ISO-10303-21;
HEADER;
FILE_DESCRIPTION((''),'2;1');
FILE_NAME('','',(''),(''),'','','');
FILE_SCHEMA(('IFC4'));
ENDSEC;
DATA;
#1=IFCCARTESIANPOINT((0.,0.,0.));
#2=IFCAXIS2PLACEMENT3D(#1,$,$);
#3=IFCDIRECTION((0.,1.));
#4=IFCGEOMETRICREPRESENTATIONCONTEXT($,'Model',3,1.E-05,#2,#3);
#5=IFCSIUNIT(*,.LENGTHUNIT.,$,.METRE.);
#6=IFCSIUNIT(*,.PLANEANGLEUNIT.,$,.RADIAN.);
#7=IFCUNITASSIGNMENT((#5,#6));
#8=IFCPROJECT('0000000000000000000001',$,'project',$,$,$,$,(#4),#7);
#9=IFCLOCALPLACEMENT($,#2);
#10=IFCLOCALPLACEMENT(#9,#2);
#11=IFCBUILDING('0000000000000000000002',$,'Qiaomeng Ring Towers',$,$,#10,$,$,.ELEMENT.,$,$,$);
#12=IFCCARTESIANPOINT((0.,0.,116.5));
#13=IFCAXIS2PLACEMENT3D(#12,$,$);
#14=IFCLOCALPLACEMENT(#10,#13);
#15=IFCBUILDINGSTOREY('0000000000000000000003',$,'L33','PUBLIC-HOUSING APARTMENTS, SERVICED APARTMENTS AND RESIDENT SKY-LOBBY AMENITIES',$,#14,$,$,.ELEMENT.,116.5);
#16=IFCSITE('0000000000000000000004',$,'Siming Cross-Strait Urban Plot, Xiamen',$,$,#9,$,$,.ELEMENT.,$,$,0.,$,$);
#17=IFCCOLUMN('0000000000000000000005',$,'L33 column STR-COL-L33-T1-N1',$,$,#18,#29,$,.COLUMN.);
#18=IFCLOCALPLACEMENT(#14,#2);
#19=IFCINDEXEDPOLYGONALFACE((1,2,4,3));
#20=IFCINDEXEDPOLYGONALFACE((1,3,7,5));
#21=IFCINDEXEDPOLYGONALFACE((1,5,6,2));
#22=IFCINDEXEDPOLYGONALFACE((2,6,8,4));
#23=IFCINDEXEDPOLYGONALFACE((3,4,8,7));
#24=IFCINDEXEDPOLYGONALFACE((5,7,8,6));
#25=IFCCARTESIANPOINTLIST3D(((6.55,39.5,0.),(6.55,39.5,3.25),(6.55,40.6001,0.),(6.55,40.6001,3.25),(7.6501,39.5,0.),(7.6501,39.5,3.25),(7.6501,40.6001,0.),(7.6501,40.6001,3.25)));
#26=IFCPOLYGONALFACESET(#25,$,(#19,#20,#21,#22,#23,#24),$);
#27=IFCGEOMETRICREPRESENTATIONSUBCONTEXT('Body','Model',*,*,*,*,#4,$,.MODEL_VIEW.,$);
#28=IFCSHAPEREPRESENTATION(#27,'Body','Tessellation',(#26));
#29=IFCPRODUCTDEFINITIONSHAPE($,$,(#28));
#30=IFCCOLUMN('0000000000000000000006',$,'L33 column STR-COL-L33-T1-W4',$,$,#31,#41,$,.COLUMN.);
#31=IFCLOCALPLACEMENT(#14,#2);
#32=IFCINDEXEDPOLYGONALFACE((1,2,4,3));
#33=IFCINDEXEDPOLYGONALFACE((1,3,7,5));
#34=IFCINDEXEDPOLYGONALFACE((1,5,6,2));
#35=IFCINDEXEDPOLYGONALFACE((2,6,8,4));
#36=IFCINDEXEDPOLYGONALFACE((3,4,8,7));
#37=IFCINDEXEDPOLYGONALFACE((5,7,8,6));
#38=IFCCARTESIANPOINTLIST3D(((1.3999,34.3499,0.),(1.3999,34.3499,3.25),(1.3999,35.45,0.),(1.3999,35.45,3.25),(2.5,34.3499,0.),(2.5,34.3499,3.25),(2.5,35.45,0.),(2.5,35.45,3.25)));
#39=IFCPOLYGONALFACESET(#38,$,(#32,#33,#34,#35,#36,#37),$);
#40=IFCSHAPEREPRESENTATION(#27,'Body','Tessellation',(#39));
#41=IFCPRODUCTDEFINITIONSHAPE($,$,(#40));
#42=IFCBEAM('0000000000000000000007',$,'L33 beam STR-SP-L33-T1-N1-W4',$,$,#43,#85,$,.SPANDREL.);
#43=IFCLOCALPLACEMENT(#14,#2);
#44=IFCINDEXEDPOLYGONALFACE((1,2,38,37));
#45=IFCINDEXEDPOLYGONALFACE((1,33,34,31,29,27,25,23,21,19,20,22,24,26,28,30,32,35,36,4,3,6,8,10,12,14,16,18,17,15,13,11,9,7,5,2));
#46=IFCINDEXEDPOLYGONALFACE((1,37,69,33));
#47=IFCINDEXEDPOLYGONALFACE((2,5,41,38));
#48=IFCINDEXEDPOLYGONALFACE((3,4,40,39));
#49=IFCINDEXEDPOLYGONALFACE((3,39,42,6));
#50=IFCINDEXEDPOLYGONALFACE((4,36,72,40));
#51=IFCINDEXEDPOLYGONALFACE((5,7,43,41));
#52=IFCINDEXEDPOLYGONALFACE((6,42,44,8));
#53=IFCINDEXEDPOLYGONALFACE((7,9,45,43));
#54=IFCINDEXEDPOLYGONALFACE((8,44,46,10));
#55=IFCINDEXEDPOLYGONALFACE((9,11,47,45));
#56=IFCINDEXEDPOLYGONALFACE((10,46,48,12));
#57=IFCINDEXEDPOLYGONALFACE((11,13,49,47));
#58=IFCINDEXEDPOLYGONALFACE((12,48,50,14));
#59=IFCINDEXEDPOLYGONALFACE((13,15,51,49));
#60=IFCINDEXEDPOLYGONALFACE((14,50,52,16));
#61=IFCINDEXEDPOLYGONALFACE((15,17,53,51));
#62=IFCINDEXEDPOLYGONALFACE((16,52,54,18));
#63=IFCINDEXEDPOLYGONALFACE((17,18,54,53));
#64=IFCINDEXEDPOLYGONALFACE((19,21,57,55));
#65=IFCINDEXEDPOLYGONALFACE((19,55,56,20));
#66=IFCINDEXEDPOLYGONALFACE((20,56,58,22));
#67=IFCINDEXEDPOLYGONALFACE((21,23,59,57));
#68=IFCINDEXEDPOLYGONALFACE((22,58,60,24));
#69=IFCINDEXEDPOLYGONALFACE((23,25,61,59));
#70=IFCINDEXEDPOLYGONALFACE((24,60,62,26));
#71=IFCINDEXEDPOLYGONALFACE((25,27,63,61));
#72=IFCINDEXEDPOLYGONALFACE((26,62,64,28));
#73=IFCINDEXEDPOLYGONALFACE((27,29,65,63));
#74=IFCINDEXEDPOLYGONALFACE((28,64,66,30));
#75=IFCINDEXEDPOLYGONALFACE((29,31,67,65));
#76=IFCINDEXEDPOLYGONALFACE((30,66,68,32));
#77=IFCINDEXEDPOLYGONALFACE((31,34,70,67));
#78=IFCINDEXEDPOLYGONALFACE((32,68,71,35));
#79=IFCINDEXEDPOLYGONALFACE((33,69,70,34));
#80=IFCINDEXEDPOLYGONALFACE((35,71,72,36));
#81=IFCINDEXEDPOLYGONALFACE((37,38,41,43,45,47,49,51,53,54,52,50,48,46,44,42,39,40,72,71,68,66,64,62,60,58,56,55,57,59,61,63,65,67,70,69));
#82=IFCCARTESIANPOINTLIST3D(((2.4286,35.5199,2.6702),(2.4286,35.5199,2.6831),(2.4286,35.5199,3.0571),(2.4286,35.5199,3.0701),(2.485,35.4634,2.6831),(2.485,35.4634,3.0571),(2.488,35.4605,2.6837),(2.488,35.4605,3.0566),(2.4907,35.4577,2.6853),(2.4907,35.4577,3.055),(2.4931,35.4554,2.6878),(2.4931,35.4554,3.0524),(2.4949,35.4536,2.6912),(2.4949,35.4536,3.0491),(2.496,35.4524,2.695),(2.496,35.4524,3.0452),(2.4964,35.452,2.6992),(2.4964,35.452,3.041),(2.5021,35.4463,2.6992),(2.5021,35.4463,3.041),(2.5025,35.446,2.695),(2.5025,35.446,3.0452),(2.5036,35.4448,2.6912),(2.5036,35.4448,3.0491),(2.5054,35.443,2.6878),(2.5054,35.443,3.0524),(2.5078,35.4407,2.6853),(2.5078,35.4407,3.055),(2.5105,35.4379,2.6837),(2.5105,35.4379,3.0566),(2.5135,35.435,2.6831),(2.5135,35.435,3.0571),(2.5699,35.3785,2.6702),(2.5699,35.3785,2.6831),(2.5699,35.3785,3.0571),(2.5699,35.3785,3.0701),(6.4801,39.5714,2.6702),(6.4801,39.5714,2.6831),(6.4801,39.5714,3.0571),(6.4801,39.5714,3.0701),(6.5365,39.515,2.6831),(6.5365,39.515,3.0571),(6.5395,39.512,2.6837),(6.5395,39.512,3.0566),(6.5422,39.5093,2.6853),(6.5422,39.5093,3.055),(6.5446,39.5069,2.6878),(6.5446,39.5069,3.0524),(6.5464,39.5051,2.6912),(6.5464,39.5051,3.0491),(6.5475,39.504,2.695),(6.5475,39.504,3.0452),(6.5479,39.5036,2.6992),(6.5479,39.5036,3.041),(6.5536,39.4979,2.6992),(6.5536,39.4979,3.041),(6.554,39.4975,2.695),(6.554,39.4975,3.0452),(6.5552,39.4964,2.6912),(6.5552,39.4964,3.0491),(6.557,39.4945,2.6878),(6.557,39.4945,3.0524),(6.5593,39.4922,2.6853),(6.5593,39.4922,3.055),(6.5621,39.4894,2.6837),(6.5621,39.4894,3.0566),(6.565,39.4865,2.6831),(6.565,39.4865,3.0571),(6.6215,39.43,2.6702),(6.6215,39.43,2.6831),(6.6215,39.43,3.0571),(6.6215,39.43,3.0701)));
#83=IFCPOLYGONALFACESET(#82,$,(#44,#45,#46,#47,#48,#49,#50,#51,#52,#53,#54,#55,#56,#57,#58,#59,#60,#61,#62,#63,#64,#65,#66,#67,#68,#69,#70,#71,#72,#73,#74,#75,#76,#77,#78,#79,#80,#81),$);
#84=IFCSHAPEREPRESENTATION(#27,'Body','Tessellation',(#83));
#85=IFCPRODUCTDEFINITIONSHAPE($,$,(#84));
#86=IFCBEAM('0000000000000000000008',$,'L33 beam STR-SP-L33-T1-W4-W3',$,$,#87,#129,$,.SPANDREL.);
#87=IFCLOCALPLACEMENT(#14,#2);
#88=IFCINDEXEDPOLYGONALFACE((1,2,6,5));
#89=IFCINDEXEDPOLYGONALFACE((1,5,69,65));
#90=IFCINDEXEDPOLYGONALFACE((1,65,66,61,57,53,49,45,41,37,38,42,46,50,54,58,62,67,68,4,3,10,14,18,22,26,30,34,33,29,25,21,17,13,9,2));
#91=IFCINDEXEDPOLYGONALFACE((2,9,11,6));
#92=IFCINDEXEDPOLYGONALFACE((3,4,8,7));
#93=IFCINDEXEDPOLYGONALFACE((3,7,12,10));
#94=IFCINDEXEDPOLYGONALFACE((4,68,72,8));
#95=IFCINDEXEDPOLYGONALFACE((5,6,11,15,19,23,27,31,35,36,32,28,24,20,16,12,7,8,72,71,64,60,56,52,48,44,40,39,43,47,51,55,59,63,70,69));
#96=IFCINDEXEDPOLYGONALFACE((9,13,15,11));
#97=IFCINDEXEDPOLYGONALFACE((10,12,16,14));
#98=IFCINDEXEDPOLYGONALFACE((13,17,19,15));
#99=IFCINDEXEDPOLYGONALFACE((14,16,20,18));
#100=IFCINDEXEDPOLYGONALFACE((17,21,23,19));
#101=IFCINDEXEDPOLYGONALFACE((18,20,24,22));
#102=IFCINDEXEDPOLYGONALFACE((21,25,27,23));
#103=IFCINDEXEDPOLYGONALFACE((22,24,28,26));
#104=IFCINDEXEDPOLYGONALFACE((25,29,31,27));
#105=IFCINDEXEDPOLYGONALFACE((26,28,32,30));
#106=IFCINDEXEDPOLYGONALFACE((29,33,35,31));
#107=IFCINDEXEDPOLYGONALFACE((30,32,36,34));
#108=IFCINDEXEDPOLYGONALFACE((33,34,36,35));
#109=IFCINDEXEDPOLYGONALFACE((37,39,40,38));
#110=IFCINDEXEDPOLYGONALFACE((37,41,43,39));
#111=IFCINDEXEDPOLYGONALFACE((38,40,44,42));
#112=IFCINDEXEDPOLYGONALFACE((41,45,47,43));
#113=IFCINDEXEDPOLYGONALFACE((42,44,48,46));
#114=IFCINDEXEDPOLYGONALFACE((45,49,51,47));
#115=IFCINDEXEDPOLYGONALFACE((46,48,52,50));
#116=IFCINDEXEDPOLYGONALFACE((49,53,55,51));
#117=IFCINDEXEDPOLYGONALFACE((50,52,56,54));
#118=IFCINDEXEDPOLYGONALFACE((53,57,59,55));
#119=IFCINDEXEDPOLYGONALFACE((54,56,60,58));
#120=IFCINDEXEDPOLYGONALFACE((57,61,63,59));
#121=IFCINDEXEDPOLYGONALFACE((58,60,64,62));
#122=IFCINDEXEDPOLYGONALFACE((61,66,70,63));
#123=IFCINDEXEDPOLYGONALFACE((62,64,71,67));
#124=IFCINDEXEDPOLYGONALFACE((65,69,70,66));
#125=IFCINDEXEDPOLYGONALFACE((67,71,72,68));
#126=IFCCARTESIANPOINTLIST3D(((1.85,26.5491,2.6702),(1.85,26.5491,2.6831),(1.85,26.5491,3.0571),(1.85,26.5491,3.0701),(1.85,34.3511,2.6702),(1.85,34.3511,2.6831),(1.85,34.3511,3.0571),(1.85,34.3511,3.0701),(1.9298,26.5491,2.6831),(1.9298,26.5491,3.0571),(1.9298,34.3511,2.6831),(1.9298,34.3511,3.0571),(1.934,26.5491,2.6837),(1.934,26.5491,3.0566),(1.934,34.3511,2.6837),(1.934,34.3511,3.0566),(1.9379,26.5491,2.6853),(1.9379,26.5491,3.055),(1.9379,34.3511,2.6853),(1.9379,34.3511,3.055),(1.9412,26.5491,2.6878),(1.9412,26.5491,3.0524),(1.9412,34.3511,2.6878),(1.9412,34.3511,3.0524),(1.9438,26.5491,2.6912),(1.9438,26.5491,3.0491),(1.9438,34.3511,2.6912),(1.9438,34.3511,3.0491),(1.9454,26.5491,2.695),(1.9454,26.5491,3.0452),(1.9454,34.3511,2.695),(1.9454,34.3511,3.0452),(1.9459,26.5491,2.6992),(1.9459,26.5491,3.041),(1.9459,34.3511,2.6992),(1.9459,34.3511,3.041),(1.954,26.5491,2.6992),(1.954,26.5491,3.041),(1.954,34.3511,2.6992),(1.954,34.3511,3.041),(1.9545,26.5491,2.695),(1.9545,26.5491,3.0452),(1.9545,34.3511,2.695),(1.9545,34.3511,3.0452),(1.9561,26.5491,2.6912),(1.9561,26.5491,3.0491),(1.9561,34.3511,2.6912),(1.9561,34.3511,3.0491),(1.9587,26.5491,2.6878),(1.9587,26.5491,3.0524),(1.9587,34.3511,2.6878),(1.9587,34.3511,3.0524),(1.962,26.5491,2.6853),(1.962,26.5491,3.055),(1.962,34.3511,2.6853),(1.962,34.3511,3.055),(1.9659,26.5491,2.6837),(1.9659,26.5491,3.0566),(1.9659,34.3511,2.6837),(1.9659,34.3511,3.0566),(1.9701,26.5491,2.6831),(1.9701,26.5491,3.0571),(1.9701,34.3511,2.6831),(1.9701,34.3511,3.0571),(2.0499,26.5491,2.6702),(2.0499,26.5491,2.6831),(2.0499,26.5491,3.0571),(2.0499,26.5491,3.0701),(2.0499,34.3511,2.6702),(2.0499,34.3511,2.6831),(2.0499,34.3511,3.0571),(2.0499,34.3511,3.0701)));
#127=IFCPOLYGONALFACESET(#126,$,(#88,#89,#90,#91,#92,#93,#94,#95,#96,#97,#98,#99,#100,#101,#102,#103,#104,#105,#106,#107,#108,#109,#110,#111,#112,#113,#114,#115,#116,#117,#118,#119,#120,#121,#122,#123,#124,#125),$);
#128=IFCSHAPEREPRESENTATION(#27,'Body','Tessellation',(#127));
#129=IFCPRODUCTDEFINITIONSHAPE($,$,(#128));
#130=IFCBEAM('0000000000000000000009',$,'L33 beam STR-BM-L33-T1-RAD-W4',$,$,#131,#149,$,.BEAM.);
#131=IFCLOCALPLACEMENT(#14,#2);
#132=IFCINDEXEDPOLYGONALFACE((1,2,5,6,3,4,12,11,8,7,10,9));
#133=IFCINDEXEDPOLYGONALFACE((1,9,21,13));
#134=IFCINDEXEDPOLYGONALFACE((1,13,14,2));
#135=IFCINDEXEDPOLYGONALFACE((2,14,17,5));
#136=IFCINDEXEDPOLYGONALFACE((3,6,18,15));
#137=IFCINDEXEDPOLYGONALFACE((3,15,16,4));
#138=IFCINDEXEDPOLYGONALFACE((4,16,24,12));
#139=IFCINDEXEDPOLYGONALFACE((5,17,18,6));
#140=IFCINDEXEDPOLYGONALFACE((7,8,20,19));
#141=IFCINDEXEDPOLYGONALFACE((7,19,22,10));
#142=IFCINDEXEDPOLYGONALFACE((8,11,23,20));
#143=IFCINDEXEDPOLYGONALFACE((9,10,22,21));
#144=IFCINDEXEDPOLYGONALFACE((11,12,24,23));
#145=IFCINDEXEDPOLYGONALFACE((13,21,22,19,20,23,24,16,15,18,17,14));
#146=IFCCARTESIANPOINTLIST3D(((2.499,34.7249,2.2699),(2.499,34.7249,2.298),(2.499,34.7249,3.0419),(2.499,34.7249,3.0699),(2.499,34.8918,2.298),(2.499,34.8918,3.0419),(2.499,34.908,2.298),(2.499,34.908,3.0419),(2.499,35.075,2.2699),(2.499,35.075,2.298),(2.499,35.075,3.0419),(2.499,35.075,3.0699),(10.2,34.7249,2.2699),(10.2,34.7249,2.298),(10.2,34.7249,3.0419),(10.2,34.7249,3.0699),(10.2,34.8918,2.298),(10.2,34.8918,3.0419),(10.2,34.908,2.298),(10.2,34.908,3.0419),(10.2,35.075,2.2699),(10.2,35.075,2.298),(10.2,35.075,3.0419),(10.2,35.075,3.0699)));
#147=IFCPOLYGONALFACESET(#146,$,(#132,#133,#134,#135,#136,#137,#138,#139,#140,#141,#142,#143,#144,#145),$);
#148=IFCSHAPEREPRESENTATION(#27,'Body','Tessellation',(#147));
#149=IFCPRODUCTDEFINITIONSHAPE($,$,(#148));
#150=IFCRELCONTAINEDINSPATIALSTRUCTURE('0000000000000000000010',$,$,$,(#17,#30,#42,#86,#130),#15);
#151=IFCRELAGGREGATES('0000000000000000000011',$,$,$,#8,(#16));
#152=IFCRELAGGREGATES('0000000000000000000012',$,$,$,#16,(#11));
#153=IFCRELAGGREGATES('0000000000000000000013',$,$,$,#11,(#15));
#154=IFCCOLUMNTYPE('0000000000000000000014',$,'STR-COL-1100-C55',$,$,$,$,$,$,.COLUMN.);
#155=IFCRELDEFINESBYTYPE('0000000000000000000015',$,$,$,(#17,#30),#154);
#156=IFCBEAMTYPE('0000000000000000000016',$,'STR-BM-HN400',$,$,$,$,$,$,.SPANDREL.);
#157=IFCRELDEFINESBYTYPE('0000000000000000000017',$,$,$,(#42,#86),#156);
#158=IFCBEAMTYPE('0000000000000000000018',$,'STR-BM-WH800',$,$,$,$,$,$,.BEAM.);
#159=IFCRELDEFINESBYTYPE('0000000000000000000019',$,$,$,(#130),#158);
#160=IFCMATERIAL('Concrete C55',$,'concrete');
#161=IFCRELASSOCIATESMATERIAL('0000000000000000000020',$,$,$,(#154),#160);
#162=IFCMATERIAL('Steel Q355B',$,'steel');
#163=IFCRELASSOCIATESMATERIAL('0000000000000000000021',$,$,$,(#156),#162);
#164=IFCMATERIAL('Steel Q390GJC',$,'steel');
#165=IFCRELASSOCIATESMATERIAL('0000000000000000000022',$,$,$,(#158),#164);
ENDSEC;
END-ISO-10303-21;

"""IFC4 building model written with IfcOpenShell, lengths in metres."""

from ifc_helpers import new_model, si_unit, direction, frame, origin, origin_2d, place, context, subcontext, project, spatial, rectangle, i_section, extrude, source, transform, mapped, material, material_profile, profile_set, type_object, element, save


model = new_model("IFC4")

# Units and contexts
model_context = context("Model", 3, precision=1e-05, world=origin(), true_north=direction((0.0, 1.0)))
body_context = subcontext(model_context, "Body", "Model", "MODEL_VIEW")
ifc_project = project(units=[si_unit("LENGTHUNIT", "METRE"), si_unit("PLANEANGLEUNIT", "RADIAN")], contexts=[model_context])

# Site, building, storey
site_placement = place(None, origin())
site = spatial("IfcSite", under=ifc_project, at=site_placement, Name="Siming Cross-Strait Urban Plot, Xiamen", CompositionType="ELEMENT", RefElevation=0.0)
building_placement = place(site_placement, origin())
building = spatial("IfcBuilding", under=site, at=building_placement, Name="Qiaomeng Ring Towers", CompositionType="ELEMENT")
storey_placement = place(building_placement, frame((0.0, 0.0, 116.5)))
storey = spatial("IfcBuildingStorey", under=building, at=storey_placement, Name="L33", Description="PUBLIC-HOUSING APARTMENTS, SERVICED APARTMENTS AND RESIDENT SKY-LOBBY AMENITIES", CompositionType="ELEMENT", Elevation=116.5)

# Columns
ifc_material_1 = material(Name="Concrete C55", Category="concrete")
ifc_material_profile_1 = material_profile(ifc_material_1, rectangle(XDim=1.1001, YDim=1.1001, at=origin_2d()), Name="RC COL 1100x1100")
ifc_profile_set_1 = profile_set([ifc_material_profile_1], Name="Concrete C55")
column_type = type_object("IfcColumnType", Name="STR-COL-1100-C55", PredefinedType="COLUMN", material=ifc_profile_set_1)
shared_shape_1 = source(origin(), body_context, "Body", "SweptSolid", [
    extrude(rectangle(XDim=1.1001, YDim=1.1001, at=origin_2d()), origin(), (0.0, 0.0, 1.0), 3.25),
])
for number, where, z_axis, x_axis, name in (
    (1, (7.1001, 40.05, 0.0), (0.0, 0.0, 1.0), (1.0, 0.0, 0.0), "L33 column STR-COL-L33-T1-N1"),
    (2, (1.95, 34.8999, 0.0), (0.0, 0.0, 1.0), (1.0, 0.0, 0.0), "L33 column STR-COL-L33-T1-W4"),
):
    element("IfcColumn", number, at=place(storey_placement, frame(where, z_axis=z_axis, x_axis=x_axis)), inside=storey, type_object=column_type, Name=name, PredefinedType="COLUMN", context=body_context, shape_type="MappedRepresentation", body=[
        mapped(shared_shape_1, transform((0.0, 0.0, 0.0), x_axis=(1.0, 0.0, 0.0), y_axis=(0.0, 1.0, 0.0), z_axis=(0.0, 0.0, 1.0), scale=1.0)),
    ])

# Beams
ifc_material_2 = material(Name="Steel Q355B", Category="steel")
ifc_material_profile_2 = material_profile(ifc_material_2, i_section(OverallWidth=0.2, OverallDepth=0.3999, WebThickness=0.0081, FlangeThickness=0.0129, FilletRadius=0.0161, at=origin_2d()), Name="HN 400x200x8x13")
ifc_profile_set_2 = profile_set([ifc_material_profile_2], Name="Steel Q355B")
beam_type_1 = type_object("IfcBeamType", Name="STR-BM-HN400", PredefinedType="SPANDREL", material=ifc_profile_set_2)
shared_shape_2 = source(origin(), body_context, "Body", "SweptSolid", [
    extrude(i_section(OverallWidth=0.2, OverallDepth=0.3999, WebThickness=0.0081, FlangeThickness=0.0129, FilletRadius=0.0161, at=origin_2d()), origin(), (0.0, 0.0, 1.0), 5.7297),
])
beam_1_placement = place(storey_placement, frame((6.5508, 39.5007, 2.8701), z_axis=(-0.707107, -0.707107, 0.0), x_axis=(0.707107, -0.707107, 0.0)))
element("IfcBeam", 3, at=beam_1_placement, inside=storey, type_object=beam_type_1, Name="L33 beam STR-SP-L33-T1-N1-W4", PredefinedType="SPANDREL", context=body_context, shape_type="MappedRepresentation", body=[
    mapped(shared_shape_2, transform((0.0, 0.0, 0.0), x_axis=(1.0, 0.0, 0.0), y_axis=(0.0, 1.0, 0.0), z_axis=(0.0, 0.0, 1.0), scale=1.0)),
])
shared_shape_3 = source(origin(), body_context, "Body", "SweptSolid", [
    extrude(i_section(OverallWidth=0.2, OverallDepth=0.3999, WebThickness=0.0081, FlangeThickness=0.0129, FilletRadius=0.0161, at=origin_2d()), origin(), (0.0, 0.0, 1.0), 7.802),
])
beam_2_placement = place(storey_placement, frame((1.95, 34.3511, 2.8701), z_axis=(0.0, -1.0, 0.0), x_axis=(1.0, 0.0, 0.0)))
element("IfcBeam", 4, at=beam_2_placement, inside=storey, type_object=beam_type_1, Name="L33 beam STR-SP-L33-T1-W4-W3", PredefinedType="SPANDREL", context=body_context, shape_type="MappedRepresentation", body=[
    mapped(shared_shape_3, transform((0.0, 0.0, 0.0), x_axis=(1.0, 0.0, 0.0), y_axis=(0.0, 1.0, 0.0), z_axis=(0.0, 0.0, 1.0), scale=1.0)),
])
ifc_material_3 = material(Name="Steel Q390GJC", Category="steel")
ifc_material_profile_3 = material_profile(ifc_material_3, i_section(OverallWidth=0.3501, OverallDepth=0.8, WebThickness=0.0161, FlangeThickness=0.0281, at=origin_2d()), Name="WH 800x350x16x28")
ifc_profile_set_3 = profile_set([ifc_material_profile_3], Name="Steel Q390GJC")
beam_type_2 = type_object("IfcBeamType", Name="STR-BM-WH800", PredefinedType="BEAM", material=ifc_profile_set_3)
shared_shape_4 = source(origin(), body_context, "Body", "SweptSolid", [
    extrude(i_section(OverallWidth=0.3501, OverallDepth=0.8, WebThickness=0.0161, FlangeThickness=0.0281, at=origin_2d()), origin(), (0.0, 0.0, 1.0), 7.7009),
])
beam_3_placement = place(storey_placement, frame((2.499, 34.8999, 2.6699), z_axis=(1.0, 0.0, 0.0), x_axis=(0.0, 1.0, 0.0)))
element("IfcBeam", 5, at=beam_3_placement, inside=storey, type_object=beam_type_2, Name="L33 beam STR-BM-L33-T1-RAD-W4", PredefinedType="BEAM", context=body_context, shape_type="MappedRepresentation", body=[
    mapped(shared_shape_4, transform((0.0, 0.0, 0.0), x_axis=(1.0, 0.0, 0.0), y_axis=(0.0, 1.0, 0.0), z_axis=(0.0, 0.0, 1.0), scale=1.0)),
])

save(model, "model.ifc")
